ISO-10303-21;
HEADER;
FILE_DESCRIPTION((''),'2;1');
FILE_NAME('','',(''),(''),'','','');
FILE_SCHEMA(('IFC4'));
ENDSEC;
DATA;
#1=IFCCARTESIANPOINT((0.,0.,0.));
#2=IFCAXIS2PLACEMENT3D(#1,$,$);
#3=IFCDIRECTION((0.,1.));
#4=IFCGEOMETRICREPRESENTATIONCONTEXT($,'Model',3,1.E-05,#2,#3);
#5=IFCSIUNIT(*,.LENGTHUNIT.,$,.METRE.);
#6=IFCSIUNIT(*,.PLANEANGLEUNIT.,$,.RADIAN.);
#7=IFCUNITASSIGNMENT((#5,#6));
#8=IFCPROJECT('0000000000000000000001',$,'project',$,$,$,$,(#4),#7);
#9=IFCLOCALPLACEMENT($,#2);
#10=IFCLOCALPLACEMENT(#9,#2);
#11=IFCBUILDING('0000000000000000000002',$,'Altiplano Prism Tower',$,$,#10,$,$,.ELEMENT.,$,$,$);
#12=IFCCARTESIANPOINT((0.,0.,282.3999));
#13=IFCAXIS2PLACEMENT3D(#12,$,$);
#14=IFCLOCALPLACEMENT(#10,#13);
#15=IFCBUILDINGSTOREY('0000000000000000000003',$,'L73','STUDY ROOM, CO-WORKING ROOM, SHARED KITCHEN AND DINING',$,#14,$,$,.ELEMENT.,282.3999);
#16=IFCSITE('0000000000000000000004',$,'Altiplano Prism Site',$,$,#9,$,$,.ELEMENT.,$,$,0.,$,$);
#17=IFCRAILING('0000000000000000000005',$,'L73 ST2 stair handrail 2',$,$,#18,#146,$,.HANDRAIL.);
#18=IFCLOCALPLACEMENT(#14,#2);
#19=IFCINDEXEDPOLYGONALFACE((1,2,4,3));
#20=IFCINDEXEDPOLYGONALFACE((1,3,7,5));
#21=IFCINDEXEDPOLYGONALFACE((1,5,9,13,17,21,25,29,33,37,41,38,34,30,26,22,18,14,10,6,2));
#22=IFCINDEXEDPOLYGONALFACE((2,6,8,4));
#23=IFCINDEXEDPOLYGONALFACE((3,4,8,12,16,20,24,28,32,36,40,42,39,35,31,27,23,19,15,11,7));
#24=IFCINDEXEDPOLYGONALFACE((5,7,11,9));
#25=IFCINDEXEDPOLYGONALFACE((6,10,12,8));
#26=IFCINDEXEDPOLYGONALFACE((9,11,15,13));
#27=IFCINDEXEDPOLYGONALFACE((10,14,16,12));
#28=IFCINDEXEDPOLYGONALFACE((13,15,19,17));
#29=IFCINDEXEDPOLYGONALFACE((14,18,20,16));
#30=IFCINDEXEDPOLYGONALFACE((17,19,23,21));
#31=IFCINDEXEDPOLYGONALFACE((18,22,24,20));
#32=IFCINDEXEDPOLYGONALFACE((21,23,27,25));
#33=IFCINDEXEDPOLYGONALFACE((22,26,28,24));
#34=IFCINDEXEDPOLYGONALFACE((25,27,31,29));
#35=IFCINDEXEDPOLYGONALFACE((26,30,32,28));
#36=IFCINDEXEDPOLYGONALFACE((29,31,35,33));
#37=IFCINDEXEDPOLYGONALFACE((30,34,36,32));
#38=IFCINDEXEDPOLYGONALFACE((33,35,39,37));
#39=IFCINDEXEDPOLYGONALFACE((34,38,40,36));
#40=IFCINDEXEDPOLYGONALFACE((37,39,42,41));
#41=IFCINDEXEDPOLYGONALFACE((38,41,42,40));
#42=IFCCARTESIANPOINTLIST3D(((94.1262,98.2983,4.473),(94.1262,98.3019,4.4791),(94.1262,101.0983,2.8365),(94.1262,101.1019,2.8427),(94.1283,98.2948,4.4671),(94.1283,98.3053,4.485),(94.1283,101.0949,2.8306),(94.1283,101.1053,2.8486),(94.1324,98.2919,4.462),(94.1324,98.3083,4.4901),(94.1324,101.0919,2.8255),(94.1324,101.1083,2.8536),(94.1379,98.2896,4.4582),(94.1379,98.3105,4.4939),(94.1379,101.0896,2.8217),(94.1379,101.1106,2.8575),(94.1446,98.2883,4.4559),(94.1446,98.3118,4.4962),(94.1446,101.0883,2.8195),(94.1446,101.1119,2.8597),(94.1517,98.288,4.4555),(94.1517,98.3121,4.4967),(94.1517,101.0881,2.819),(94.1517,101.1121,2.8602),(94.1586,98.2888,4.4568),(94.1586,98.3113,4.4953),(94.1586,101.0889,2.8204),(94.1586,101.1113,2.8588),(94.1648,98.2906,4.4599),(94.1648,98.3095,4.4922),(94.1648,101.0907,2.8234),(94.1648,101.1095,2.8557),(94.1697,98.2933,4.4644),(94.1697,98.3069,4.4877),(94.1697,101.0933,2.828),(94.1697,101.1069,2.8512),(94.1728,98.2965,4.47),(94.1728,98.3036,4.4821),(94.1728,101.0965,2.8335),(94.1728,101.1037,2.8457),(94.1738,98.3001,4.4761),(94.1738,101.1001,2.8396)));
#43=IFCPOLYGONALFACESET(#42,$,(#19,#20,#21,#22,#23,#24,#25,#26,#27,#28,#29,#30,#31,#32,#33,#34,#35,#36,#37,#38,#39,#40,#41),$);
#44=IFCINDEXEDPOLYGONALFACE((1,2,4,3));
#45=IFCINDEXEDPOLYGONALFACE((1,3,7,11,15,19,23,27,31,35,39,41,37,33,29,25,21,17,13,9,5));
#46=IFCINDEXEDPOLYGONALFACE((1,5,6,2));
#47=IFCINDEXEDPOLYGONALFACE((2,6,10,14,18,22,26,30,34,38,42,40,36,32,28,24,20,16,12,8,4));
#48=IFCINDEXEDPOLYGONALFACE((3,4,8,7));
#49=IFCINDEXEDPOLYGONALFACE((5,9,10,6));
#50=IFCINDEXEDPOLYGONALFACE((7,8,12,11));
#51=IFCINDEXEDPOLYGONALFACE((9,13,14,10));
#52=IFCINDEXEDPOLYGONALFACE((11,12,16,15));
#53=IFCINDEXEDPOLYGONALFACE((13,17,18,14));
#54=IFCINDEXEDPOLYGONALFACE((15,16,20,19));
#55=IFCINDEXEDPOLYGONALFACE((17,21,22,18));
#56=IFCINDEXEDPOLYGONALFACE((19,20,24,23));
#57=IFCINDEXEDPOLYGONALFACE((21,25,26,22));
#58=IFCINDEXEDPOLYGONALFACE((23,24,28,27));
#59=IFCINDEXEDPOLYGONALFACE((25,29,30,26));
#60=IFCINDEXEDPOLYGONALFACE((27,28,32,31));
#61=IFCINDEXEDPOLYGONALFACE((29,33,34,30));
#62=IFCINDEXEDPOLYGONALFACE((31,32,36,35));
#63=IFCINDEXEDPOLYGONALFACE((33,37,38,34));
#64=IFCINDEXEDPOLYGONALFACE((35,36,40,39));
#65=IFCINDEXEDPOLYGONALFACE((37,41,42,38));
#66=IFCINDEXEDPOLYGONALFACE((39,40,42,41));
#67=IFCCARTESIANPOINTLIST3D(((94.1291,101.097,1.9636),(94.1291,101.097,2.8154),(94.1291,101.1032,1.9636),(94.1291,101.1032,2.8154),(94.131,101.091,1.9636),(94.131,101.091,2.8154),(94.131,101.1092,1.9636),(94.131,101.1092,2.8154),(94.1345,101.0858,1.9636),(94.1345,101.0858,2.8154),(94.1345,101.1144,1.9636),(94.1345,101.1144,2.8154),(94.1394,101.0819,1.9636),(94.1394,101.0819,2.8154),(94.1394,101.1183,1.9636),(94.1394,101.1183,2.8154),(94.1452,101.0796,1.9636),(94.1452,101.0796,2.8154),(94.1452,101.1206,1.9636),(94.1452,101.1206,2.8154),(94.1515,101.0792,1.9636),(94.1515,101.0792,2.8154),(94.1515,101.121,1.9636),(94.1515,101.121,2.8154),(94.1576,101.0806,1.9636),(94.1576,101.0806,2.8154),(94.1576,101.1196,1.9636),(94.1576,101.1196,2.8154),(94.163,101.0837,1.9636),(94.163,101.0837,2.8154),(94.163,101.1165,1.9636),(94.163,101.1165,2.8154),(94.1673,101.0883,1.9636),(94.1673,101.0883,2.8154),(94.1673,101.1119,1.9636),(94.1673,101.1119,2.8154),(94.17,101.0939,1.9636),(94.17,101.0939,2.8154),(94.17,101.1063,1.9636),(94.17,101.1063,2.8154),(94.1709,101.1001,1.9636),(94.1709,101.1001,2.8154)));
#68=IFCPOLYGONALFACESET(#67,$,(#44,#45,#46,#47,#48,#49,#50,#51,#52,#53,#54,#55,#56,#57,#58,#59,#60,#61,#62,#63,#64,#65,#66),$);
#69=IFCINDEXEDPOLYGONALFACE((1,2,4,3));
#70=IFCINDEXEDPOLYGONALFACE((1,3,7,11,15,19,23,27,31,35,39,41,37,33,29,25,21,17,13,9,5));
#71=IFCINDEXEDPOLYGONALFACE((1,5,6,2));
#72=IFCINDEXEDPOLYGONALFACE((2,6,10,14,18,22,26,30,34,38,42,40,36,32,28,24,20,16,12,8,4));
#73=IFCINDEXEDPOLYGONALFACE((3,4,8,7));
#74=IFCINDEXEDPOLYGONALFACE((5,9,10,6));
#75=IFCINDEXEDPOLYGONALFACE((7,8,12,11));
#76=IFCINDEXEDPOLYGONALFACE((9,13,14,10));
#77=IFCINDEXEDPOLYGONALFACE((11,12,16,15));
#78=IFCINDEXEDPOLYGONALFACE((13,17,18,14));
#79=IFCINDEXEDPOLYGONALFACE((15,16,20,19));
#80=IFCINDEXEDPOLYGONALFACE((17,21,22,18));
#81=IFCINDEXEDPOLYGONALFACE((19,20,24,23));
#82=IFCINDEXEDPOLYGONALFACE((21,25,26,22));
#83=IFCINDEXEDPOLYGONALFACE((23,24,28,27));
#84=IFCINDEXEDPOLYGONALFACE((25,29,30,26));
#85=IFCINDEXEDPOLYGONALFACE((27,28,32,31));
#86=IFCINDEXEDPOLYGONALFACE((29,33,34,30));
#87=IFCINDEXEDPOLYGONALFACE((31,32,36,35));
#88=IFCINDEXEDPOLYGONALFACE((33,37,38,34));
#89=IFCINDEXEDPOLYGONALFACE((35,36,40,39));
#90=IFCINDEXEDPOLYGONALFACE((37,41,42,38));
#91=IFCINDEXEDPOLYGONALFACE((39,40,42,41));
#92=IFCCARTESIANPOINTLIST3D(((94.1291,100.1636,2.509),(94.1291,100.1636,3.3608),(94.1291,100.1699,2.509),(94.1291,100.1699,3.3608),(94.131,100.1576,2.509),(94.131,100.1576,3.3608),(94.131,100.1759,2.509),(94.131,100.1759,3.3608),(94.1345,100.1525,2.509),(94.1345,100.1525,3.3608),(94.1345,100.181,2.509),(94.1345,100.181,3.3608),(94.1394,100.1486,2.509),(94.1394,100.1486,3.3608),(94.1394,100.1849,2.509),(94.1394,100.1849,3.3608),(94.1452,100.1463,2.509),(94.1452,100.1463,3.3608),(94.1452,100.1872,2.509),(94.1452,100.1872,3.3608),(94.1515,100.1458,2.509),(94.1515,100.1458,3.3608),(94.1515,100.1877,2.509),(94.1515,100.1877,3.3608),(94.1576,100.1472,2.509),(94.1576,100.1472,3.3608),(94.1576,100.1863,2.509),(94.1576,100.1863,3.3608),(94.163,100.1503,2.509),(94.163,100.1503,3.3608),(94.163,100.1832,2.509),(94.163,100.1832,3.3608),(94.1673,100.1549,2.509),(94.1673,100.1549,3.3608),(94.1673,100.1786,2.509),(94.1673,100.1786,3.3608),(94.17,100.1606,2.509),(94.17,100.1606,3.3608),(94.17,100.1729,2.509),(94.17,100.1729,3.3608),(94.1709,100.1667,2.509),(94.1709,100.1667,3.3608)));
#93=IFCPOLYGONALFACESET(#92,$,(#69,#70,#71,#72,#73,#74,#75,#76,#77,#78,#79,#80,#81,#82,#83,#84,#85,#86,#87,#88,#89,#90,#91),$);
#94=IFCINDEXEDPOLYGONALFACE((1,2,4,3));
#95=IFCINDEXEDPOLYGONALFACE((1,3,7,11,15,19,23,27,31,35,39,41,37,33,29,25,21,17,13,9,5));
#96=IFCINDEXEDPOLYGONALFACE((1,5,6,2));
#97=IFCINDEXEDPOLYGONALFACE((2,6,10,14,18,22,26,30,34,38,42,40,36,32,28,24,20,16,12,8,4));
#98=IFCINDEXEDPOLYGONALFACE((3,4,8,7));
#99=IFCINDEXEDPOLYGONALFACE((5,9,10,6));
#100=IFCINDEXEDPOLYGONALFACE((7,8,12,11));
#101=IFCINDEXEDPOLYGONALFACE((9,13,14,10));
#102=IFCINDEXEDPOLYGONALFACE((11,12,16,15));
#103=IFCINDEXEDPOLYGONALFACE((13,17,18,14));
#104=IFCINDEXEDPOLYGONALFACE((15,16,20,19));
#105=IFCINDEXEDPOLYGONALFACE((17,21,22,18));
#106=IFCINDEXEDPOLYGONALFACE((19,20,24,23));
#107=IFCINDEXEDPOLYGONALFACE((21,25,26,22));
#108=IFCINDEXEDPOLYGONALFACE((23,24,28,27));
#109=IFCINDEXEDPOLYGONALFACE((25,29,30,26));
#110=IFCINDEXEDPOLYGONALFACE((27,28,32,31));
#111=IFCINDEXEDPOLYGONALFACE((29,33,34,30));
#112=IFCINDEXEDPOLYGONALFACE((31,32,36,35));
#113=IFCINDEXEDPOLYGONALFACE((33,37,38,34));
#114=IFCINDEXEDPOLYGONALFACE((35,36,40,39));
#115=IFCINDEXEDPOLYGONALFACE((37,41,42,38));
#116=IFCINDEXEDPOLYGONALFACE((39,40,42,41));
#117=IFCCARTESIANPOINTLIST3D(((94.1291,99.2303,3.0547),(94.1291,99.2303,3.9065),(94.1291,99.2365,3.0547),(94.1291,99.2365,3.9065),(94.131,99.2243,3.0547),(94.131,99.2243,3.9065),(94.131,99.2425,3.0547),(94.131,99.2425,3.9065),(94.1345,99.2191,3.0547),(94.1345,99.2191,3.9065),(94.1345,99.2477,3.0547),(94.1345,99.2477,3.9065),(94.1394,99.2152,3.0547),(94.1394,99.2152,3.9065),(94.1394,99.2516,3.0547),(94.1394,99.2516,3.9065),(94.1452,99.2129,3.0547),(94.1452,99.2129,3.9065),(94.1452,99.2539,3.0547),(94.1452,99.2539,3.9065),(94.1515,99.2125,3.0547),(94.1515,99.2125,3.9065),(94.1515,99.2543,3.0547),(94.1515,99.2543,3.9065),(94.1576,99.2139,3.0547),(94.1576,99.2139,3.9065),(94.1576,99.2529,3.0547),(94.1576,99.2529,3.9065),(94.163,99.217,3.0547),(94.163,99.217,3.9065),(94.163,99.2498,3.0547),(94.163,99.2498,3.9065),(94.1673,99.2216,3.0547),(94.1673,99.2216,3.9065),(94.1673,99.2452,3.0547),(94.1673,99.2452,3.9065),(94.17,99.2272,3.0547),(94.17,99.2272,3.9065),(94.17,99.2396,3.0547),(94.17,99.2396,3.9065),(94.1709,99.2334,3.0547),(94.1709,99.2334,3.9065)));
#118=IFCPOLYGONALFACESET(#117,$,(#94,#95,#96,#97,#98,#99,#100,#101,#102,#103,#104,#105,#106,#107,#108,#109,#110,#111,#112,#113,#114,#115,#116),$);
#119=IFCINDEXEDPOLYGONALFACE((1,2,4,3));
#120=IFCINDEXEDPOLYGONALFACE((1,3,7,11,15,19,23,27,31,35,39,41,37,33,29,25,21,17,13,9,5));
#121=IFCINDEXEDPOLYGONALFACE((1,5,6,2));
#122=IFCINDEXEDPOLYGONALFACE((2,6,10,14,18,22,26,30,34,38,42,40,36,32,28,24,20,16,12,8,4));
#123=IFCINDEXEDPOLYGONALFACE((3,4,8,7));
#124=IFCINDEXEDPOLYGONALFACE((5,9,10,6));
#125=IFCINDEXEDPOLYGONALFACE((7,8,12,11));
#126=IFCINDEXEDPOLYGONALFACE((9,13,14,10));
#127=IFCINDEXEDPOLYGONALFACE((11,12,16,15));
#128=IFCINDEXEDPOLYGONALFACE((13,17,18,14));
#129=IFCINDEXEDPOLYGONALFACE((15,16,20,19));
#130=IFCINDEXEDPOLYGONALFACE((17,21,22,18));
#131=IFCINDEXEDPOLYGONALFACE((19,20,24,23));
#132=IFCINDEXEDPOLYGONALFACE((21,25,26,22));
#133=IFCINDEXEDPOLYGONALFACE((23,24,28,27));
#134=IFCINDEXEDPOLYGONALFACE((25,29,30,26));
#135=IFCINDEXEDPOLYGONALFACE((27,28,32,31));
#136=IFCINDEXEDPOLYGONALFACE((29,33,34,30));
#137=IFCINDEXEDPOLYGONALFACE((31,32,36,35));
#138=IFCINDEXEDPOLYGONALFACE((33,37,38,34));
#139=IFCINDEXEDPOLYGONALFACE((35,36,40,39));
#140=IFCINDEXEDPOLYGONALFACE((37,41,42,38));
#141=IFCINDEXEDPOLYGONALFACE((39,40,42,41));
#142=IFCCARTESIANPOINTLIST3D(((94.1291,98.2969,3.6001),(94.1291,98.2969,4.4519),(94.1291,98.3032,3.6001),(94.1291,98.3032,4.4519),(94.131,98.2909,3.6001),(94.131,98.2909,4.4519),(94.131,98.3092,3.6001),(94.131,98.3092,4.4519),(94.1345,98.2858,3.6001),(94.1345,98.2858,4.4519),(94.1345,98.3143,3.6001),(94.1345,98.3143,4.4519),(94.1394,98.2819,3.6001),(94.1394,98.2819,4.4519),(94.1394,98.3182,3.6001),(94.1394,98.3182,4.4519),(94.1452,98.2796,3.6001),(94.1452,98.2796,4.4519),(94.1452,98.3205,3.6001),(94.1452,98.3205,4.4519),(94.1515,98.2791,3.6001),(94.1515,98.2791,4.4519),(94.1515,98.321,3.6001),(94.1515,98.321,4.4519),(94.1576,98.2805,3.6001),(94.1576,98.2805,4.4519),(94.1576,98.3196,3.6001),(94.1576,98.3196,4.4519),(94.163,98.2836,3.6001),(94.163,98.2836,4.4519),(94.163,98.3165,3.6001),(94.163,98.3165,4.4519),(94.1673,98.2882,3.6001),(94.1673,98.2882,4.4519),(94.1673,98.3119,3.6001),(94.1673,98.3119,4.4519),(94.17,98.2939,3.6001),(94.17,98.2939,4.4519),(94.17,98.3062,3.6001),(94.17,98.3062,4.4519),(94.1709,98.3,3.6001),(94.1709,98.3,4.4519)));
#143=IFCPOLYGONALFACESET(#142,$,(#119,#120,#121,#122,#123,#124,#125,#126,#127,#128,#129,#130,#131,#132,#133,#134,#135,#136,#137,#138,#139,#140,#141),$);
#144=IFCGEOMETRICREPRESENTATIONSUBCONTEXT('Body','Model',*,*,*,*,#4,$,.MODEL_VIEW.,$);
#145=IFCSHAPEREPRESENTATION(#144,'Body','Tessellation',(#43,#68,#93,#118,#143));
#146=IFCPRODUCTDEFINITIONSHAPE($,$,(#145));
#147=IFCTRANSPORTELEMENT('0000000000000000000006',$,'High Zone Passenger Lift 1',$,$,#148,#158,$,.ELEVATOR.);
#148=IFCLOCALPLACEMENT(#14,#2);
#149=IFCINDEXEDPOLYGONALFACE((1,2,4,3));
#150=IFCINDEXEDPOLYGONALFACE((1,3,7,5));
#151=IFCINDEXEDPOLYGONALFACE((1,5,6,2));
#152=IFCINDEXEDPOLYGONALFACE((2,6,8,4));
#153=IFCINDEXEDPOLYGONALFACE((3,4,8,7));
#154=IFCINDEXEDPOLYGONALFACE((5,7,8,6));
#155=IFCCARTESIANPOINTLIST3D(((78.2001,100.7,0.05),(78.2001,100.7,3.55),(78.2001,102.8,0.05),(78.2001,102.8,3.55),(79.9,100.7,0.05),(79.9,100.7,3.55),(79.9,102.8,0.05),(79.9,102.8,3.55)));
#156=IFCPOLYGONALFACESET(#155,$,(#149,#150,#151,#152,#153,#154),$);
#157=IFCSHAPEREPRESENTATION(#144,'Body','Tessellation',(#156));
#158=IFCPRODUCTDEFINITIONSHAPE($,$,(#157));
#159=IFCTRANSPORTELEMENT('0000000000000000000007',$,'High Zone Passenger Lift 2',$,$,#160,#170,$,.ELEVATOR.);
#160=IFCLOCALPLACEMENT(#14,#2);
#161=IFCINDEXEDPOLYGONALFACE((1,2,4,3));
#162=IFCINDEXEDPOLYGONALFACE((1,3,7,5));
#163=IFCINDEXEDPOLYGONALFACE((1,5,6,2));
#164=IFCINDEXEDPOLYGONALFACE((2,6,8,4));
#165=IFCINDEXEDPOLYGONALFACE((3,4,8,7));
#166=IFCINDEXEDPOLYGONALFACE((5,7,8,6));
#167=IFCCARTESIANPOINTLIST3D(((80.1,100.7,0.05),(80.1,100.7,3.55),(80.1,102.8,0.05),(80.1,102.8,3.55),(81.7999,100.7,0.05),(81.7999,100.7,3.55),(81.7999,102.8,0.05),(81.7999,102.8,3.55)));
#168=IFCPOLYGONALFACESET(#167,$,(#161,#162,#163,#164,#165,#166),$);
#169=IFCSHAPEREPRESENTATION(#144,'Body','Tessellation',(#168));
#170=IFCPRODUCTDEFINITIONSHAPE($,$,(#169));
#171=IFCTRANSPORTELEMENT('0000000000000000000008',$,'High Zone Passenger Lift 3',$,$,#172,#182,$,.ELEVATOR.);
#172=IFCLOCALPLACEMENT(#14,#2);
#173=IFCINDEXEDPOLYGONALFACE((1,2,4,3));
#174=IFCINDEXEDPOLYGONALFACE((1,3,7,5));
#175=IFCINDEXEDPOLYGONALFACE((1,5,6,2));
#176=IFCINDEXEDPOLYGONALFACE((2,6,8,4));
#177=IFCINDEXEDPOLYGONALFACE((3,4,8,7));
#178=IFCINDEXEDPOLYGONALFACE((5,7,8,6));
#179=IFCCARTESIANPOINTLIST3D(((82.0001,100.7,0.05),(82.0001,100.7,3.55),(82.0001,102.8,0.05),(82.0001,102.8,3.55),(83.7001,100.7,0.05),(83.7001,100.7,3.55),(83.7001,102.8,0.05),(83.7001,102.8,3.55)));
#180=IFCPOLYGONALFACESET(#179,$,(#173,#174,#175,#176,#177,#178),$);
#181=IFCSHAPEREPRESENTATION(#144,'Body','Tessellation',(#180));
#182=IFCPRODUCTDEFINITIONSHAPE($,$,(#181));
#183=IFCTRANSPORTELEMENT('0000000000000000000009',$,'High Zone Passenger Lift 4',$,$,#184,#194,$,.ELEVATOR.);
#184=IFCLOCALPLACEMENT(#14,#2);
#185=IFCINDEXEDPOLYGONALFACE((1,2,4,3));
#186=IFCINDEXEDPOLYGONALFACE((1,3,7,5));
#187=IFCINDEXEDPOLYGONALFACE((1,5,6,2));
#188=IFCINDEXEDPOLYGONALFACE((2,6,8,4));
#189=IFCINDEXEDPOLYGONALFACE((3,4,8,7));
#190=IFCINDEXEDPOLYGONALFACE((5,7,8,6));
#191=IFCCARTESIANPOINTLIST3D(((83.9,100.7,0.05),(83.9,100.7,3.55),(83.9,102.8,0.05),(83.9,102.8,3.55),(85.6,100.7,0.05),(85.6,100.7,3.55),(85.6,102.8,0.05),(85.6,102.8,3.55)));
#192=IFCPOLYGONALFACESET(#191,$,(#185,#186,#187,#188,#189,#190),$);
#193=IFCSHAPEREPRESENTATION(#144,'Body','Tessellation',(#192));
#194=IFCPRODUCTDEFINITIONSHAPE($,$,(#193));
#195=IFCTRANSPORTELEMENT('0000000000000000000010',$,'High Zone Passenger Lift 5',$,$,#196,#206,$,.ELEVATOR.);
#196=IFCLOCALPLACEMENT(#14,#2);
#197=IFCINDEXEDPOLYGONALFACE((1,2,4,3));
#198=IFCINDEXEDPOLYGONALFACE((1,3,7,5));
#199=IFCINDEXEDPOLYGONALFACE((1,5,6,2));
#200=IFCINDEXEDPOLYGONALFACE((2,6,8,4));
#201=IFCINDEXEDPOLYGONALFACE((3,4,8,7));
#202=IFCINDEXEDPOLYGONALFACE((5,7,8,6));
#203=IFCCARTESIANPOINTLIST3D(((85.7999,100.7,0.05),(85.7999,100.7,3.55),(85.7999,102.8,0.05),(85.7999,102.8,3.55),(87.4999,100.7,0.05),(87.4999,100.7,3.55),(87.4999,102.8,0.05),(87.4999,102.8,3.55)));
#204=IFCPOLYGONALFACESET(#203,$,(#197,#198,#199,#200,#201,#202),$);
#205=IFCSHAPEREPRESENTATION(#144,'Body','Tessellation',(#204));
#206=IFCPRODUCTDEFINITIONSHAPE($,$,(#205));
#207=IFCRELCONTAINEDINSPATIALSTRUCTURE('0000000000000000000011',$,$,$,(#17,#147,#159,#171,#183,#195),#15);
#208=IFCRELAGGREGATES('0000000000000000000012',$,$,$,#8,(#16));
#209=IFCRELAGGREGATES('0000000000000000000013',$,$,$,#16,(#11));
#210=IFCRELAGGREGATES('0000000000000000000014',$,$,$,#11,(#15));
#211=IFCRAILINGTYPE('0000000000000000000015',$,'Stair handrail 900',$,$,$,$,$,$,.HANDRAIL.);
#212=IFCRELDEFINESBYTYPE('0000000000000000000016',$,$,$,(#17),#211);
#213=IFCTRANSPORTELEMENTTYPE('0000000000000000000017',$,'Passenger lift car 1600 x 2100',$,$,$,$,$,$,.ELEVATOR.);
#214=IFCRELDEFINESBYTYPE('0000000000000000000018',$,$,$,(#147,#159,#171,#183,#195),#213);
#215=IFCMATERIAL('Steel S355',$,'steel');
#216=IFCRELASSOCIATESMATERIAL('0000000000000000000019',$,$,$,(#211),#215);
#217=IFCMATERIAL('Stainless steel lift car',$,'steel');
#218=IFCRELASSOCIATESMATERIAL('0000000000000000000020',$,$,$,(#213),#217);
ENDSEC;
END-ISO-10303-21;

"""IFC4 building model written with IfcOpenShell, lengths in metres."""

from ifc_helpers import new_model, si_unit, direction, frame, origin, origin_2d, place, context, subcontext, project, spatial, rectangle, circle, extrude, material, type_object, element, save


model = new_model("IFC4")

# Units and contexts
model_context = context("Model", 3, precision=1e-05, world=origin(), true_north=direction((0.0, 1.0)))
body_context = subcontext(model_context, "Body", "Model", "MODEL_VIEW")
ifc_project = project(units=[si_unit("LENGTHUNIT", "METRE"), si_unit("PLANEANGLEUNIT", "RADIAN")], contexts=[model_context])

# Site, building, storey
site_placement = place(None, origin())
site = spatial("IfcSite", under=ifc_project, at=site_placement, Name="Altiplano Prism Site", CompositionType="ELEMENT", RefElevation=0.0)
building_placement = place(site_placement, origin())
building = spatial("IfcBuilding", under=site, at=building_placement, Name="Altiplano Prism Tower", CompositionType="ELEMENT")
storey_placement = place(building_placement, frame((0.0, 0.0, 282.3999)))
storey = spatial("IfcBuildingStorey", under=building, at=storey_placement, Name="L73", Description="STUDY ROOM, CO-WORKING ROOM, SHARED KITCHEN AND DINING", CompositionType="ELEMENT", Elevation=282.3999)

# Railing
ifc_material_1 = material(Name="Steel S355", Category="steel")
railing_type = type_object("IfcRailingType", Name="Stair handrail 900", PredefinedType="HANDRAIL", material=ifc_material_1)
railing_placement = place(storey_placement, frame((94.1499, 101.1001, 1.9636)))
element("IfcRailing", 1, at=railing_placement, inside=storey, type_object=railing_type, Name="L73 ST2 stair handrail 2", PredefinedType="HANDRAIL", context=body_context, shape_type="SweptSolid", body=[
    extrude(circle(Radius=0.0239, at=origin_2d()), frame((0.0, 0.0, 0.876), z_axis=(0.0, -0.863361, 0.504587), x_axis=(1.0, 0.0, 0.0)), (0.0, 0.0, 1.0), 3.2432),
    extrude(circle(Radius=0.021, at=origin_2d()), origin(), (0.0, 0.0, 1.0), 0.8518),
    extrude(circle(Radius=0.021, at=origin_2d()), frame((0.0, -0.9333, 0.5454)), (0.0, 0.0, 1.0), 0.8518),
    extrude(circle(Radius=0.021, at=origin_2d()), frame((0.0, -1.8667, 1.0911)), (0.0, 0.0, 1.0), 0.8518),
    extrude(circle(Radius=0.021, at=origin_2d()), frame((0.0, -2.8, 1.6365)), (0.0, 0.0, 1.0), 0.8518),
])

# Transport elements
ifc_material_2 = material(Name="Stainless steel lift car", Category="steel")
transport_element_type = type_object("IfcTransportElementType", Name="Passenger lift car 1600 x 2100", PredefinedType="ELEVATOR", material=ifc_material_2)
for number, where, z_axis, x_axis, name in (
    (2, (79.05, 101.75, 0.05), (0.0, 0.0, 1.0), (1.0, 0.0, 0.0), "High Zone Passenger Lift 1"),
    (3, (80.95, 101.75, 0.05), (0.0, 0.0, 1.0), (1.0, 0.0, 0.0), "High Zone Passenger Lift 2"),
    (4, (82.8501, 101.75, 0.05), (0.0, 0.0, 1.0), (1.0, 0.0, 0.0), "High Zone Passenger Lift 3"),
    (5, (84.75, 101.75, 0.05), (0.0, 0.0, 1.0), (1.0, 0.0, 0.0), "High Zone Passenger Lift 4"),
    (6, (86.6499, 101.75, 0.05), (0.0, 0.0, 1.0), (1.0, 0.0, 0.0), "High Zone Passenger Lift 5"),
):
    element("IfcTransportElement", number, at=place(storey_placement, frame(where, z_axis=z_axis, x_axis=x_axis)), inside=storey, type_object=transport_element_type, Name=name, PredefinedType="ELEVATOR", context=body_context, shape_type="SweptSolid", body=[
        extrude(rectangle(XDim=1.7, YDim=2.1001, at=origin_2d()), origin(), (0.0, 0.0, 1.0), 3.5),
    ])

save(model, "model.ifc")
